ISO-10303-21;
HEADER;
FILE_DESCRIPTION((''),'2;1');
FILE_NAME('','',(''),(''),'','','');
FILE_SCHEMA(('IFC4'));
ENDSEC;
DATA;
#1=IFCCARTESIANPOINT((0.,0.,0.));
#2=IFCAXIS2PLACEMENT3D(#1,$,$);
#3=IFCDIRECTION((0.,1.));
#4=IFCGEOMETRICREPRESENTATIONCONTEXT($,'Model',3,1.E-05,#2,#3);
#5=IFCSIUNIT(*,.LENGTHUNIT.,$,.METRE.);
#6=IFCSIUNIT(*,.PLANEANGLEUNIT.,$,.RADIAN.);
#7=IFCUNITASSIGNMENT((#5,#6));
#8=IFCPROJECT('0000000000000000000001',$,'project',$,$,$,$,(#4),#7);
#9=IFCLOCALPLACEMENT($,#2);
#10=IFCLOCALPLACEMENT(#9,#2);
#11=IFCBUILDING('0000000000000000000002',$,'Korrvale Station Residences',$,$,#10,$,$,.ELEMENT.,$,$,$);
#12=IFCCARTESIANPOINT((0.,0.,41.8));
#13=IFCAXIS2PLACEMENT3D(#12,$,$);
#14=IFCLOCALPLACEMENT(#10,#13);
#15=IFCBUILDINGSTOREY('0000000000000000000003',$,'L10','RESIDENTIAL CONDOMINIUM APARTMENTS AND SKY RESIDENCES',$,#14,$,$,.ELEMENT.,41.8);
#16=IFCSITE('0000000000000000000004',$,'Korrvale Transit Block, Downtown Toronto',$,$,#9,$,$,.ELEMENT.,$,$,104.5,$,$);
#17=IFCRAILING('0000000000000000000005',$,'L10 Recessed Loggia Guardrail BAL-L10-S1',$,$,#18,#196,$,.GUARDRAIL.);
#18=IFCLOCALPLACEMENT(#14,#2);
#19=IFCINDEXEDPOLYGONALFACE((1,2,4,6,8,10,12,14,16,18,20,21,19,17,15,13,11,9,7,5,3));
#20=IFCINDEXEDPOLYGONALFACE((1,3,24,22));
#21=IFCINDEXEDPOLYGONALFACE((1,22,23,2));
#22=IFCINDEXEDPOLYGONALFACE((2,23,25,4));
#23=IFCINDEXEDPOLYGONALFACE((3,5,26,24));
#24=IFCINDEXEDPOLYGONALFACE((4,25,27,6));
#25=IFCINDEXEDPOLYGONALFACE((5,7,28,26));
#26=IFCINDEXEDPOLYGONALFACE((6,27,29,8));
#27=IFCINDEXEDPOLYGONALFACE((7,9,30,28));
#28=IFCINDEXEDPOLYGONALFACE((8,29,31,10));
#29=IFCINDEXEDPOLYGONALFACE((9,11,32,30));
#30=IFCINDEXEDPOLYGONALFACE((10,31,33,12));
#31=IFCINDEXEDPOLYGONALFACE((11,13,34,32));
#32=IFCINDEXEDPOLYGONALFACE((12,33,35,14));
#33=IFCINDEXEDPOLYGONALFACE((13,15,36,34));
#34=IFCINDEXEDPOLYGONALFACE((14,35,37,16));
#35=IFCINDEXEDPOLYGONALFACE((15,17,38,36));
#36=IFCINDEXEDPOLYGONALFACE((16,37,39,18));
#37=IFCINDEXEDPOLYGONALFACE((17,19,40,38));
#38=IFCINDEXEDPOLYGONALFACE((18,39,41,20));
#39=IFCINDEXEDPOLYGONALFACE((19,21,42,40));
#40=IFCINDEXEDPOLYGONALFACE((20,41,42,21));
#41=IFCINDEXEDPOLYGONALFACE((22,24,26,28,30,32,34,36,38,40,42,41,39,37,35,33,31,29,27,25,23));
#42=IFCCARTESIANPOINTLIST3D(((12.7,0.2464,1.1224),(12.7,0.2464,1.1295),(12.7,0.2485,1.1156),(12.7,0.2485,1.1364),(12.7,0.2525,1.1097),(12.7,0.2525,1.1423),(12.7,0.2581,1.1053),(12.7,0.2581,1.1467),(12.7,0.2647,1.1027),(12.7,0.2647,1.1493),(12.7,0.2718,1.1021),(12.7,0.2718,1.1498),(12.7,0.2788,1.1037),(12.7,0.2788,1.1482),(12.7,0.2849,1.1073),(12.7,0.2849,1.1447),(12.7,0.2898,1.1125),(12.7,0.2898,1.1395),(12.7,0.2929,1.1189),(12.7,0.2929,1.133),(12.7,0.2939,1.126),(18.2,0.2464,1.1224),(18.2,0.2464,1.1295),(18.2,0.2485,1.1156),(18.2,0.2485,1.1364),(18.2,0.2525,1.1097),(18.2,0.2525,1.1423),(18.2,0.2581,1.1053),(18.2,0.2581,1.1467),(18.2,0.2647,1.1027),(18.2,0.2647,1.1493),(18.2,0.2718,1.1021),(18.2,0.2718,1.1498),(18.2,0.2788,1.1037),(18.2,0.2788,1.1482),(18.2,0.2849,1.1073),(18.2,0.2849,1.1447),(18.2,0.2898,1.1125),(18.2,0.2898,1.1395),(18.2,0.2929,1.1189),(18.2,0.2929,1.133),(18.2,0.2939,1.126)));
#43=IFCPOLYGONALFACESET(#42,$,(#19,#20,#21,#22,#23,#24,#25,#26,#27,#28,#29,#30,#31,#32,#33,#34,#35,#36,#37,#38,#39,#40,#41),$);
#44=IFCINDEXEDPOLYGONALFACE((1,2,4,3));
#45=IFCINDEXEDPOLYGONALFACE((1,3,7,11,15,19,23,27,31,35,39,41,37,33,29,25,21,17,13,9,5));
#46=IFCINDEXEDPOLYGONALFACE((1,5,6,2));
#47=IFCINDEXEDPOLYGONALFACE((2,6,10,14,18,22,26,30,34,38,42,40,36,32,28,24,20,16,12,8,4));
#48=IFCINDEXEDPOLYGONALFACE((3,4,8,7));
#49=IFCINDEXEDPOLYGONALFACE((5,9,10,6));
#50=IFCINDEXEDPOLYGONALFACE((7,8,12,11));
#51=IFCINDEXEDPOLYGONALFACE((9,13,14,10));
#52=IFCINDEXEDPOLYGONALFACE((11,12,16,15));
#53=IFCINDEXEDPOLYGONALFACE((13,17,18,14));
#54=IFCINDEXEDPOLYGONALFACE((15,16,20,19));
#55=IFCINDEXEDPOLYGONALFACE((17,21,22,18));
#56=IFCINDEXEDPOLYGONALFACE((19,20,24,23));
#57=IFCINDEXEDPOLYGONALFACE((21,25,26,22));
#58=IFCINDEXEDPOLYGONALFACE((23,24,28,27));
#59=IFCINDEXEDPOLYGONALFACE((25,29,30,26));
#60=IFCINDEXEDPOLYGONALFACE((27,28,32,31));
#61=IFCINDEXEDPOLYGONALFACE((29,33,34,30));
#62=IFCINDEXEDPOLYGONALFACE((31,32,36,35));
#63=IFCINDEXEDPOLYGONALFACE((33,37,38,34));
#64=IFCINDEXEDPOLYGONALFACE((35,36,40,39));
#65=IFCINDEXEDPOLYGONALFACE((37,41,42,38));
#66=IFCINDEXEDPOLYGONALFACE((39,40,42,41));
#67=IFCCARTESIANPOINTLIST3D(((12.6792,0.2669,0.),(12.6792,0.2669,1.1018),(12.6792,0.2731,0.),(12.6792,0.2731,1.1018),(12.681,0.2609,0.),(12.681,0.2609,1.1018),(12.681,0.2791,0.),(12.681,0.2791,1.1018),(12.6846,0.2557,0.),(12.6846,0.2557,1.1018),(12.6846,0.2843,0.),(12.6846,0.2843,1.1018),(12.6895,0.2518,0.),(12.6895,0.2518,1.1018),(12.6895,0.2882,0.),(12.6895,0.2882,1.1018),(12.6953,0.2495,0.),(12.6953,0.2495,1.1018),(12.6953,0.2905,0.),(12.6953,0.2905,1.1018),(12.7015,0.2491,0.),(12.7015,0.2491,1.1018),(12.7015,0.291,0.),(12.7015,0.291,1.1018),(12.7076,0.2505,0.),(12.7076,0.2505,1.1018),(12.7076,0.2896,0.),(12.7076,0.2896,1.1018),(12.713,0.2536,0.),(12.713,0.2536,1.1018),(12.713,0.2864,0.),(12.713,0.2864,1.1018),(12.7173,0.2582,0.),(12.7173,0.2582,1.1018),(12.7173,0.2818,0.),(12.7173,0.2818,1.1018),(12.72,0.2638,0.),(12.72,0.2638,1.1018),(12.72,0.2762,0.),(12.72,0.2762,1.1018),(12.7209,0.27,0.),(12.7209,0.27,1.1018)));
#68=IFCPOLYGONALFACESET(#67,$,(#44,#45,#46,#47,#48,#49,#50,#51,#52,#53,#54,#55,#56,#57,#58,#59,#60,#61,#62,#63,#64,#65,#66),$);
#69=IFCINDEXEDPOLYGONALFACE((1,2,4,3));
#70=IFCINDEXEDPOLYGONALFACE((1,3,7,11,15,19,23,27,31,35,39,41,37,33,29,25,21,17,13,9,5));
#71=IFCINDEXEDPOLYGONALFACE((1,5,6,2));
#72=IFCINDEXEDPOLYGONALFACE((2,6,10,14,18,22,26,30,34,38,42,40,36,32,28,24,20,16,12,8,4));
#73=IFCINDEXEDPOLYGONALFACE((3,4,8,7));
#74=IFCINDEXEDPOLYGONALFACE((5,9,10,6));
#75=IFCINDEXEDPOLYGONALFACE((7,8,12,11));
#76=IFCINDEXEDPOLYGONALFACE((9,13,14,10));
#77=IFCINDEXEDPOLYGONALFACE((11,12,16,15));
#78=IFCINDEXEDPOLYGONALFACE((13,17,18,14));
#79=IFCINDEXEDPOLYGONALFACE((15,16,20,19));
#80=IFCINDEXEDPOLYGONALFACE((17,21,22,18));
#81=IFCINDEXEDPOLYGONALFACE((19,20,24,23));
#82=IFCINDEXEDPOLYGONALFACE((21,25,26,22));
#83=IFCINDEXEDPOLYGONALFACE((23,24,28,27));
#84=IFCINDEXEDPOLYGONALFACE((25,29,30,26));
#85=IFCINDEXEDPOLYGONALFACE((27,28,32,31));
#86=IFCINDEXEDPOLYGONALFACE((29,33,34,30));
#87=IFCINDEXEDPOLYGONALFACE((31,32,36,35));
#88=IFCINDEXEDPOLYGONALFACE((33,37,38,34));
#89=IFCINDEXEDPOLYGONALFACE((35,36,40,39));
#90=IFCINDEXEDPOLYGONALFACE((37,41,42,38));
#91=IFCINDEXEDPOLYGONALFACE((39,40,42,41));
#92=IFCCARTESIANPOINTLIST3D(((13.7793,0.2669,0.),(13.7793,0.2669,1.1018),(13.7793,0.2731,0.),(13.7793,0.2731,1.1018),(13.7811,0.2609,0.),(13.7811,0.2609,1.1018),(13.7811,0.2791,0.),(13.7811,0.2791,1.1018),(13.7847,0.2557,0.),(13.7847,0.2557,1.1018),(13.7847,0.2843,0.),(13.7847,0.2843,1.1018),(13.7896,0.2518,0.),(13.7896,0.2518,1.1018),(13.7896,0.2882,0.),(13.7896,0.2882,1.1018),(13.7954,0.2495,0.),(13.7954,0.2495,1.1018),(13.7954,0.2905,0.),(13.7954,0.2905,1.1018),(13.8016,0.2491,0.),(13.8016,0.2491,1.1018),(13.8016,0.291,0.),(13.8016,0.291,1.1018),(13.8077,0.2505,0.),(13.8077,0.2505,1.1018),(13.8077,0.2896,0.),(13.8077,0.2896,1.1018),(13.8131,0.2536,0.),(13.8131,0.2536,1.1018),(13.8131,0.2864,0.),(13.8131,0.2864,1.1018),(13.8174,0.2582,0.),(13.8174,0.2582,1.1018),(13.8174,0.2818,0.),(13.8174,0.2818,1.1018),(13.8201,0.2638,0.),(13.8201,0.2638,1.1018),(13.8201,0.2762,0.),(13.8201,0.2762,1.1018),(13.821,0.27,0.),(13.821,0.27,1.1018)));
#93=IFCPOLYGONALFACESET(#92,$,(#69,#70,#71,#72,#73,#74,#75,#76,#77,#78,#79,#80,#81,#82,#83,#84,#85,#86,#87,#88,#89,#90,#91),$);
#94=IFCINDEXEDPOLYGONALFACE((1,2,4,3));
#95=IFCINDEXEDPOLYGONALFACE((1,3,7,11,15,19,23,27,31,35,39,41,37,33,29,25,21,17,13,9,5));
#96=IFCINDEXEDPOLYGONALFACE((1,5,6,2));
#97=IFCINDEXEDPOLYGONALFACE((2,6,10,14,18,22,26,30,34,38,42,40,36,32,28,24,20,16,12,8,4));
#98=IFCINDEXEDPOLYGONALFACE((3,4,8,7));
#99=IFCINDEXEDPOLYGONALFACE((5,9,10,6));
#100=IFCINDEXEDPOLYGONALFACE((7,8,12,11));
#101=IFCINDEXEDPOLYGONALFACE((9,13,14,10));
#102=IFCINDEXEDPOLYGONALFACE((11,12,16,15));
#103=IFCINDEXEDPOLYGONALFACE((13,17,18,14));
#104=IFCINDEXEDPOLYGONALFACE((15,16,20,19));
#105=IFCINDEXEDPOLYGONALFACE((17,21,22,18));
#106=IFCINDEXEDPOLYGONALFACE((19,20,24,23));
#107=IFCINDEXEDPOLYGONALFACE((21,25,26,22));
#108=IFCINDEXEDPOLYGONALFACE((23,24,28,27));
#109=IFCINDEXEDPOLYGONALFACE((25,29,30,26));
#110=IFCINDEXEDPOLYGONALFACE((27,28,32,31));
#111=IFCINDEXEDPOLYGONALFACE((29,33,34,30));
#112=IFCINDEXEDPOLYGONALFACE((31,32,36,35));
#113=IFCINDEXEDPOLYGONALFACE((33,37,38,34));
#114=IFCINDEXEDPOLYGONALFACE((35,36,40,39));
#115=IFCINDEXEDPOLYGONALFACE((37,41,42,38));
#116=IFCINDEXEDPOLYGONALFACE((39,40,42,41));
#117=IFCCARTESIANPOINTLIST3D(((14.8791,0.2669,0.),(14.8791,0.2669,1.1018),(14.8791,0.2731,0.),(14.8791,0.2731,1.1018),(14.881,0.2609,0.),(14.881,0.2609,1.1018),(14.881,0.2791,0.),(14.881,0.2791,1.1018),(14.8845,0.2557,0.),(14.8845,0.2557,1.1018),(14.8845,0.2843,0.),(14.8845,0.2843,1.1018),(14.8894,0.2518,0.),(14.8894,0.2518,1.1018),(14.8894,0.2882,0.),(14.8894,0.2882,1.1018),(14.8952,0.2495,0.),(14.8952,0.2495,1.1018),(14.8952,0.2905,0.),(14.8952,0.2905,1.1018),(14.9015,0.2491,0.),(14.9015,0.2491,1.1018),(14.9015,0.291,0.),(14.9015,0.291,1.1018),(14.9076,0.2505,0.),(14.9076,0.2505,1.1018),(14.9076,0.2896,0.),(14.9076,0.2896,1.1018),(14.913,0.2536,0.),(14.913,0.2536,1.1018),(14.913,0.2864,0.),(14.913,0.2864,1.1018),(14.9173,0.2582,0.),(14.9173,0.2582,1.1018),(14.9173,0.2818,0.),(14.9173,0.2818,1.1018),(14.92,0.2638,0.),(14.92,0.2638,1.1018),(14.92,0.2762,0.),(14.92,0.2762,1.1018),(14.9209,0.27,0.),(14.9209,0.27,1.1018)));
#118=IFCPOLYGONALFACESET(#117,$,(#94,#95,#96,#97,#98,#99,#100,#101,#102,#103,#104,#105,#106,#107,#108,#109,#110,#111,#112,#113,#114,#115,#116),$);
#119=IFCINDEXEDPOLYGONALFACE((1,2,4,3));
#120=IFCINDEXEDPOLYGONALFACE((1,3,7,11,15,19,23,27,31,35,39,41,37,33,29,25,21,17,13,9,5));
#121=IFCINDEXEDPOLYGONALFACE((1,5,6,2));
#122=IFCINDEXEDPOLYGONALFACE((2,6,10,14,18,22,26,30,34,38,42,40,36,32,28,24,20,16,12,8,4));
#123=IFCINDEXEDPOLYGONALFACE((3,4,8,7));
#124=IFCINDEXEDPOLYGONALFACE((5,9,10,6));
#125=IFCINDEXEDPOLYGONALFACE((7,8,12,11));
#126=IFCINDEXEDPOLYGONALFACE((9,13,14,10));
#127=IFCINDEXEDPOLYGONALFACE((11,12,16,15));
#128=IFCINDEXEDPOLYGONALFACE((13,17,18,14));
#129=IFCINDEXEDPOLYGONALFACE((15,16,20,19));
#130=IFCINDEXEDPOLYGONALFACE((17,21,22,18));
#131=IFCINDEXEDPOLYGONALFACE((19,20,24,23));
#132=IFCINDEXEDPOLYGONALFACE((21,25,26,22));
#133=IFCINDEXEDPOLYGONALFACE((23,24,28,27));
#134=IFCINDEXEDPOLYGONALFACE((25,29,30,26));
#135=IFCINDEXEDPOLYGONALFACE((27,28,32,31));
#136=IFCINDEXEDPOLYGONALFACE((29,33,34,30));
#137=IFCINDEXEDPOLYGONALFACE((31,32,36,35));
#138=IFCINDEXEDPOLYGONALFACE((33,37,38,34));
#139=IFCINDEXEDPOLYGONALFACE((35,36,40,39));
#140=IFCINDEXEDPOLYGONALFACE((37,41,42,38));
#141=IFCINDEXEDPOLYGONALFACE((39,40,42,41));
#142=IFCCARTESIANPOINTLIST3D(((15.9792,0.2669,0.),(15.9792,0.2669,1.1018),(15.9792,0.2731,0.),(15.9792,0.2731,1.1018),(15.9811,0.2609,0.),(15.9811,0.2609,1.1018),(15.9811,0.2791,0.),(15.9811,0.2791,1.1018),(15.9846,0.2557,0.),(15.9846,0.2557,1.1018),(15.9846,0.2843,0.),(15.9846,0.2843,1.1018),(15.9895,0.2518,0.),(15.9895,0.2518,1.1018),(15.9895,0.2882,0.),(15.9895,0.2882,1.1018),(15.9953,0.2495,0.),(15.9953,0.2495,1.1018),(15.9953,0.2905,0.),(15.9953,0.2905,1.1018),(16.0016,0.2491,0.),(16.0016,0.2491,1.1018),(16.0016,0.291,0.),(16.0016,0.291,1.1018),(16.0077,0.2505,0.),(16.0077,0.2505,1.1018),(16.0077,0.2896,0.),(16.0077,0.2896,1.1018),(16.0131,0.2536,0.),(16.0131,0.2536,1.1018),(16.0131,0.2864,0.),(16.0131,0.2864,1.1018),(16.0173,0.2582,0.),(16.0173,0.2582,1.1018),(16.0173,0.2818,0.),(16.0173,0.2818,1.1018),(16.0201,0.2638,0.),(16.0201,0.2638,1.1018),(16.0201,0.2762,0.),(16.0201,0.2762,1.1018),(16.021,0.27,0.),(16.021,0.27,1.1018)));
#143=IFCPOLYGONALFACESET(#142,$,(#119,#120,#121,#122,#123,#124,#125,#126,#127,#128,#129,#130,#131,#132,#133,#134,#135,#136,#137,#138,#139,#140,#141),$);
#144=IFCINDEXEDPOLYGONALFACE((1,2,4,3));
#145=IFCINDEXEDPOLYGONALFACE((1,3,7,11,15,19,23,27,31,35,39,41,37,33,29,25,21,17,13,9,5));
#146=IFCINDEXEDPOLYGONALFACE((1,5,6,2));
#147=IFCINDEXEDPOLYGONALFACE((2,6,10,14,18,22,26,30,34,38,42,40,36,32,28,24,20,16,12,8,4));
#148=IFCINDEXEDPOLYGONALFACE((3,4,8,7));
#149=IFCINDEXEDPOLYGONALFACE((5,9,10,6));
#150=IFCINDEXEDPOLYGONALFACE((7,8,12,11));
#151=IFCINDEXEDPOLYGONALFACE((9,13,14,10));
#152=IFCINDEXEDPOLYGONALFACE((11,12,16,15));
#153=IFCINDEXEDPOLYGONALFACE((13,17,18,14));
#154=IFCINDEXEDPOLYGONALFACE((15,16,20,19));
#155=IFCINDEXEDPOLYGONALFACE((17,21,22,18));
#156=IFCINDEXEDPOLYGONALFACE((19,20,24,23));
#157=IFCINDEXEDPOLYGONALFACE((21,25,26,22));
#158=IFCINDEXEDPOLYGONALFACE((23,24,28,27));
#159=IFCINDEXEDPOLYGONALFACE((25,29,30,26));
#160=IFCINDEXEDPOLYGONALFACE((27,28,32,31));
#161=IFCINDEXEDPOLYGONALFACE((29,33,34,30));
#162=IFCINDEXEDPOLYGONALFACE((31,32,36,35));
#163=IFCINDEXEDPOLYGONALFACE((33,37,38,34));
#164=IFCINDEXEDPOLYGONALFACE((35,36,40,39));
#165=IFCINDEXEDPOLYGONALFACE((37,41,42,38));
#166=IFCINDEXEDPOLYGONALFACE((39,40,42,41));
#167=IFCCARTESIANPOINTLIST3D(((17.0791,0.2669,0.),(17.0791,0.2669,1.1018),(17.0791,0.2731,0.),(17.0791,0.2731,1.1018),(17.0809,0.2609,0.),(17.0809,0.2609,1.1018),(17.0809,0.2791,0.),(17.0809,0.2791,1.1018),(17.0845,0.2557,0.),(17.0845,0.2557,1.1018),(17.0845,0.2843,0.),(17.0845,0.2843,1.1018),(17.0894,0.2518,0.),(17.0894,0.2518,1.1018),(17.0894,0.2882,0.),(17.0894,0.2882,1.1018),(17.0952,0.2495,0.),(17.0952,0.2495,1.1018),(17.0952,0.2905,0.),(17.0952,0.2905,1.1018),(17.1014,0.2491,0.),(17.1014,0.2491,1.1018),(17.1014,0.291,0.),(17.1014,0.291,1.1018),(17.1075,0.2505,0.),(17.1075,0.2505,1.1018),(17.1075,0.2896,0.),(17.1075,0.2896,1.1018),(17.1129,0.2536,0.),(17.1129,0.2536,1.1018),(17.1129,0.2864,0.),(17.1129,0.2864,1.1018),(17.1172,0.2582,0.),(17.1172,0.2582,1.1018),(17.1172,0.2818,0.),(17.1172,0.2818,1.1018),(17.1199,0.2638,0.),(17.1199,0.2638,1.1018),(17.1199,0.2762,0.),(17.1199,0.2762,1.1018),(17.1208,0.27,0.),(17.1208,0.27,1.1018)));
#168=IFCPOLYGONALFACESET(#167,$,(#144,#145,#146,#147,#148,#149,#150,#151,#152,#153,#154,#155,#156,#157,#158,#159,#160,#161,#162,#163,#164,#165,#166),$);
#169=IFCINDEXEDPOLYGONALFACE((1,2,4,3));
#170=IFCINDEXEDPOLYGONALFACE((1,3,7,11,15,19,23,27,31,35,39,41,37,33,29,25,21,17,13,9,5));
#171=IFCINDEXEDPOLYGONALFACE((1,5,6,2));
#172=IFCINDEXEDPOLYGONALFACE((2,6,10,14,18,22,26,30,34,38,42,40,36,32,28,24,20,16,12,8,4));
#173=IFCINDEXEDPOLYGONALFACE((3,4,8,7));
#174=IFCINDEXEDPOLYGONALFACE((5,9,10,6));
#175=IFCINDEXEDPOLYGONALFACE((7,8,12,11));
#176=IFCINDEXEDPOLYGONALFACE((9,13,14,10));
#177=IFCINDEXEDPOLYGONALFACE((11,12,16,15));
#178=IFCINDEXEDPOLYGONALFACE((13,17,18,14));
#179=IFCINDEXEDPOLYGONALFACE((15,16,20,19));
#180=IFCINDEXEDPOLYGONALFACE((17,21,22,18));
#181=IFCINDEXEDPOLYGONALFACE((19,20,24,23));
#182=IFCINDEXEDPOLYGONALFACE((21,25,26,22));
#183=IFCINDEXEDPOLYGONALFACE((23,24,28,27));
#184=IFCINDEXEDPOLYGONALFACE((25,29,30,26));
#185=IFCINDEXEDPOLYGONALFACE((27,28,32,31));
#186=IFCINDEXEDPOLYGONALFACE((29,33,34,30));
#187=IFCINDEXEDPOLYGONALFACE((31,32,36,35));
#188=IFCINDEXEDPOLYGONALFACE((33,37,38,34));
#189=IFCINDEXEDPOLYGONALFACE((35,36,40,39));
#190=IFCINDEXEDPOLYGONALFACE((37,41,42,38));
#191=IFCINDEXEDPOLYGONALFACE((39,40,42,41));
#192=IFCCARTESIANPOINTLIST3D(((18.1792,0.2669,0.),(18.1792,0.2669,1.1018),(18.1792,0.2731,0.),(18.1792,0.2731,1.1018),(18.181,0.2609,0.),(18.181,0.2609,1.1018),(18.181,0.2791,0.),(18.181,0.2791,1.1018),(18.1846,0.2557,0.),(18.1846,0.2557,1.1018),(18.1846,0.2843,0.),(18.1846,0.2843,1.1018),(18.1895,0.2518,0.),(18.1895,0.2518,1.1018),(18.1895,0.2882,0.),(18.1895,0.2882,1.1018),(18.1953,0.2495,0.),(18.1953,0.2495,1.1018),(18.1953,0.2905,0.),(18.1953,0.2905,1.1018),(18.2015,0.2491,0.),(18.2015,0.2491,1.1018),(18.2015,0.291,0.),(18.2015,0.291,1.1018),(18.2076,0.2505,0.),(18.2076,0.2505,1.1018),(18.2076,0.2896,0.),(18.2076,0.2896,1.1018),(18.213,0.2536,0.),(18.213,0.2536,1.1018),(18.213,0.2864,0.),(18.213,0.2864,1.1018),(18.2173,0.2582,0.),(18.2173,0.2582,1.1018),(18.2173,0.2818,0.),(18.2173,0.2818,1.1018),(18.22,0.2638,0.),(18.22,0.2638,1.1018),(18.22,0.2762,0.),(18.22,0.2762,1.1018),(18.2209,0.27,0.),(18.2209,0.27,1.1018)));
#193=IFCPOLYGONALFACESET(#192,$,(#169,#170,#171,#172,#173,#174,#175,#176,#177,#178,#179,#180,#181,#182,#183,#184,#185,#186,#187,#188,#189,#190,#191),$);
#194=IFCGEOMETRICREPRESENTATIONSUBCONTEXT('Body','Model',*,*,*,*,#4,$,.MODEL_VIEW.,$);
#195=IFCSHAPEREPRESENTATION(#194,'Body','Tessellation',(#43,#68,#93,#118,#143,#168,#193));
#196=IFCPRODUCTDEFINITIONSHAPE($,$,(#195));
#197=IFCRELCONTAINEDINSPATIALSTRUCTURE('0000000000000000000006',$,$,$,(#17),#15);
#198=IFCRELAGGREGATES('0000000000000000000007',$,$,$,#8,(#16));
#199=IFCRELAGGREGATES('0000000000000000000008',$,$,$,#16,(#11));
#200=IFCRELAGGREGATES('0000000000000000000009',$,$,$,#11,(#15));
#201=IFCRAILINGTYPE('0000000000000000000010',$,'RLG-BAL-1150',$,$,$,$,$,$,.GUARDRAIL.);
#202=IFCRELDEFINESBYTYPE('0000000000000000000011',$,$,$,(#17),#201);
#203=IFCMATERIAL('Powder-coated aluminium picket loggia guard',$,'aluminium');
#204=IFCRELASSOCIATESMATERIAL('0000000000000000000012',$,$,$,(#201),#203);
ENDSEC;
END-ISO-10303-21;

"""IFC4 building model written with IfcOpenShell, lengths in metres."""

from ifc_helpers import new_model, si_unit, direction, frame, origin, origin_2d, place, context, subcontext, project, spatial, circle, extrude, material, type_object, element, save


model = new_model("IFC4")

# Units and contexts
model_context = context("Model", 3, precision=1e-05, world=origin(), true_north=direction((0.0, 1.0)))
body_context = subcontext(model_context, "Body", "Model", "MODEL_VIEW")
ifc_project = project(units=[si_unit("LENGTHUNIT", "METRE"), si_unit("PLANEANGLEUNIT", "RADIAN")], contexts=[model_context])

# Site, building, storey
site_placement = place(None, origin())
site = spatial("IfcSite", under=ifc_project, at=site_placement, Name="Korrvale Transit Block, Downtown Toronto", CompositionType="ELEMENT", RefElevation=104.5)
building_placement = place(site_placement, origin())
building = spatial("IfcBuilding", under=site, at=building_placement, Name="Korrvale Station Residences", CompositionType="ELEMENT")
storey_placement = place(building_placement, frame((0.0, 0.0, 41.8)))
storey = spatial("IfcBuildingStorey", under=building, at=storey_placement, Name="L10", Description="RESIDENTIAL CONDOMINIUM APARTMENTS AND SKY RESIDENCES", CompositionType="ELEMENT", Elevation=41.8)

# Railing
ifc_material_1 = material(Name="Powder-coated aluminium picket loggia guard", Category="aluminium")
railing_type = type_object("IfcRailingType", Name="RLG-BAL-1150", PredefinedType="GUARDRAIL", material=ifc_material_1)
railing_placement = place(storey_placement, frame((12.7, 0.27, 0.0)))
element("IfcRailing", 1, at=railing_placement, inside=storey, type_object=railing_type, Name="L10 Recessed Loggia Guardrail BAL-L10-S1", PredefinedType="GUARDRAIL", context=body_context, shape_type="SweptSolid", body=[
    extrude(circle(Radius=0.0239, at=origin_2d()), frame((0.0, 0.0, 1.126), z_axis=(1.0, 0.0, 0.0), x_axis=(0.0, 1.0, 0.0)), (0.0, 0.0, 1.0), 5.5),
    extrude(circle(Radius=0.021, at=origin_2d()), origin(), (0.0, 0.0, 1.0), 1.1018),
    extrude(circle(Radius=0.021, at=origin_2d()), frame((1.1001, 0.0, 0.0)), (0.0, 0.0, 1.0), 1.1018),
    extrude(circle(Radius=0.021, at=origin_2d()), frame((2.2, 0.0, 0.0)), (0.0, 0.0, 1.0), 1.1018),
    extrude(circle(Radius=0.021, at=origin_2d()), frame((3.3, 0.0, 0.0)), (0.0, 0.0, 1.0), 1.1018),
    extrude(circle(Radius=0.021, at=origin_2d()), frame((4.3999, 0.0, 0.0)), (0.0, 0.0, 1.0), 1.1018),
    extrude(circle(Radius=0.021, at=origin_2d()), frame((5.5, 0.0, 0.0)), (0.0, 0.0, 1.0), 1.1018),
])

save(model, "model.ifc")
